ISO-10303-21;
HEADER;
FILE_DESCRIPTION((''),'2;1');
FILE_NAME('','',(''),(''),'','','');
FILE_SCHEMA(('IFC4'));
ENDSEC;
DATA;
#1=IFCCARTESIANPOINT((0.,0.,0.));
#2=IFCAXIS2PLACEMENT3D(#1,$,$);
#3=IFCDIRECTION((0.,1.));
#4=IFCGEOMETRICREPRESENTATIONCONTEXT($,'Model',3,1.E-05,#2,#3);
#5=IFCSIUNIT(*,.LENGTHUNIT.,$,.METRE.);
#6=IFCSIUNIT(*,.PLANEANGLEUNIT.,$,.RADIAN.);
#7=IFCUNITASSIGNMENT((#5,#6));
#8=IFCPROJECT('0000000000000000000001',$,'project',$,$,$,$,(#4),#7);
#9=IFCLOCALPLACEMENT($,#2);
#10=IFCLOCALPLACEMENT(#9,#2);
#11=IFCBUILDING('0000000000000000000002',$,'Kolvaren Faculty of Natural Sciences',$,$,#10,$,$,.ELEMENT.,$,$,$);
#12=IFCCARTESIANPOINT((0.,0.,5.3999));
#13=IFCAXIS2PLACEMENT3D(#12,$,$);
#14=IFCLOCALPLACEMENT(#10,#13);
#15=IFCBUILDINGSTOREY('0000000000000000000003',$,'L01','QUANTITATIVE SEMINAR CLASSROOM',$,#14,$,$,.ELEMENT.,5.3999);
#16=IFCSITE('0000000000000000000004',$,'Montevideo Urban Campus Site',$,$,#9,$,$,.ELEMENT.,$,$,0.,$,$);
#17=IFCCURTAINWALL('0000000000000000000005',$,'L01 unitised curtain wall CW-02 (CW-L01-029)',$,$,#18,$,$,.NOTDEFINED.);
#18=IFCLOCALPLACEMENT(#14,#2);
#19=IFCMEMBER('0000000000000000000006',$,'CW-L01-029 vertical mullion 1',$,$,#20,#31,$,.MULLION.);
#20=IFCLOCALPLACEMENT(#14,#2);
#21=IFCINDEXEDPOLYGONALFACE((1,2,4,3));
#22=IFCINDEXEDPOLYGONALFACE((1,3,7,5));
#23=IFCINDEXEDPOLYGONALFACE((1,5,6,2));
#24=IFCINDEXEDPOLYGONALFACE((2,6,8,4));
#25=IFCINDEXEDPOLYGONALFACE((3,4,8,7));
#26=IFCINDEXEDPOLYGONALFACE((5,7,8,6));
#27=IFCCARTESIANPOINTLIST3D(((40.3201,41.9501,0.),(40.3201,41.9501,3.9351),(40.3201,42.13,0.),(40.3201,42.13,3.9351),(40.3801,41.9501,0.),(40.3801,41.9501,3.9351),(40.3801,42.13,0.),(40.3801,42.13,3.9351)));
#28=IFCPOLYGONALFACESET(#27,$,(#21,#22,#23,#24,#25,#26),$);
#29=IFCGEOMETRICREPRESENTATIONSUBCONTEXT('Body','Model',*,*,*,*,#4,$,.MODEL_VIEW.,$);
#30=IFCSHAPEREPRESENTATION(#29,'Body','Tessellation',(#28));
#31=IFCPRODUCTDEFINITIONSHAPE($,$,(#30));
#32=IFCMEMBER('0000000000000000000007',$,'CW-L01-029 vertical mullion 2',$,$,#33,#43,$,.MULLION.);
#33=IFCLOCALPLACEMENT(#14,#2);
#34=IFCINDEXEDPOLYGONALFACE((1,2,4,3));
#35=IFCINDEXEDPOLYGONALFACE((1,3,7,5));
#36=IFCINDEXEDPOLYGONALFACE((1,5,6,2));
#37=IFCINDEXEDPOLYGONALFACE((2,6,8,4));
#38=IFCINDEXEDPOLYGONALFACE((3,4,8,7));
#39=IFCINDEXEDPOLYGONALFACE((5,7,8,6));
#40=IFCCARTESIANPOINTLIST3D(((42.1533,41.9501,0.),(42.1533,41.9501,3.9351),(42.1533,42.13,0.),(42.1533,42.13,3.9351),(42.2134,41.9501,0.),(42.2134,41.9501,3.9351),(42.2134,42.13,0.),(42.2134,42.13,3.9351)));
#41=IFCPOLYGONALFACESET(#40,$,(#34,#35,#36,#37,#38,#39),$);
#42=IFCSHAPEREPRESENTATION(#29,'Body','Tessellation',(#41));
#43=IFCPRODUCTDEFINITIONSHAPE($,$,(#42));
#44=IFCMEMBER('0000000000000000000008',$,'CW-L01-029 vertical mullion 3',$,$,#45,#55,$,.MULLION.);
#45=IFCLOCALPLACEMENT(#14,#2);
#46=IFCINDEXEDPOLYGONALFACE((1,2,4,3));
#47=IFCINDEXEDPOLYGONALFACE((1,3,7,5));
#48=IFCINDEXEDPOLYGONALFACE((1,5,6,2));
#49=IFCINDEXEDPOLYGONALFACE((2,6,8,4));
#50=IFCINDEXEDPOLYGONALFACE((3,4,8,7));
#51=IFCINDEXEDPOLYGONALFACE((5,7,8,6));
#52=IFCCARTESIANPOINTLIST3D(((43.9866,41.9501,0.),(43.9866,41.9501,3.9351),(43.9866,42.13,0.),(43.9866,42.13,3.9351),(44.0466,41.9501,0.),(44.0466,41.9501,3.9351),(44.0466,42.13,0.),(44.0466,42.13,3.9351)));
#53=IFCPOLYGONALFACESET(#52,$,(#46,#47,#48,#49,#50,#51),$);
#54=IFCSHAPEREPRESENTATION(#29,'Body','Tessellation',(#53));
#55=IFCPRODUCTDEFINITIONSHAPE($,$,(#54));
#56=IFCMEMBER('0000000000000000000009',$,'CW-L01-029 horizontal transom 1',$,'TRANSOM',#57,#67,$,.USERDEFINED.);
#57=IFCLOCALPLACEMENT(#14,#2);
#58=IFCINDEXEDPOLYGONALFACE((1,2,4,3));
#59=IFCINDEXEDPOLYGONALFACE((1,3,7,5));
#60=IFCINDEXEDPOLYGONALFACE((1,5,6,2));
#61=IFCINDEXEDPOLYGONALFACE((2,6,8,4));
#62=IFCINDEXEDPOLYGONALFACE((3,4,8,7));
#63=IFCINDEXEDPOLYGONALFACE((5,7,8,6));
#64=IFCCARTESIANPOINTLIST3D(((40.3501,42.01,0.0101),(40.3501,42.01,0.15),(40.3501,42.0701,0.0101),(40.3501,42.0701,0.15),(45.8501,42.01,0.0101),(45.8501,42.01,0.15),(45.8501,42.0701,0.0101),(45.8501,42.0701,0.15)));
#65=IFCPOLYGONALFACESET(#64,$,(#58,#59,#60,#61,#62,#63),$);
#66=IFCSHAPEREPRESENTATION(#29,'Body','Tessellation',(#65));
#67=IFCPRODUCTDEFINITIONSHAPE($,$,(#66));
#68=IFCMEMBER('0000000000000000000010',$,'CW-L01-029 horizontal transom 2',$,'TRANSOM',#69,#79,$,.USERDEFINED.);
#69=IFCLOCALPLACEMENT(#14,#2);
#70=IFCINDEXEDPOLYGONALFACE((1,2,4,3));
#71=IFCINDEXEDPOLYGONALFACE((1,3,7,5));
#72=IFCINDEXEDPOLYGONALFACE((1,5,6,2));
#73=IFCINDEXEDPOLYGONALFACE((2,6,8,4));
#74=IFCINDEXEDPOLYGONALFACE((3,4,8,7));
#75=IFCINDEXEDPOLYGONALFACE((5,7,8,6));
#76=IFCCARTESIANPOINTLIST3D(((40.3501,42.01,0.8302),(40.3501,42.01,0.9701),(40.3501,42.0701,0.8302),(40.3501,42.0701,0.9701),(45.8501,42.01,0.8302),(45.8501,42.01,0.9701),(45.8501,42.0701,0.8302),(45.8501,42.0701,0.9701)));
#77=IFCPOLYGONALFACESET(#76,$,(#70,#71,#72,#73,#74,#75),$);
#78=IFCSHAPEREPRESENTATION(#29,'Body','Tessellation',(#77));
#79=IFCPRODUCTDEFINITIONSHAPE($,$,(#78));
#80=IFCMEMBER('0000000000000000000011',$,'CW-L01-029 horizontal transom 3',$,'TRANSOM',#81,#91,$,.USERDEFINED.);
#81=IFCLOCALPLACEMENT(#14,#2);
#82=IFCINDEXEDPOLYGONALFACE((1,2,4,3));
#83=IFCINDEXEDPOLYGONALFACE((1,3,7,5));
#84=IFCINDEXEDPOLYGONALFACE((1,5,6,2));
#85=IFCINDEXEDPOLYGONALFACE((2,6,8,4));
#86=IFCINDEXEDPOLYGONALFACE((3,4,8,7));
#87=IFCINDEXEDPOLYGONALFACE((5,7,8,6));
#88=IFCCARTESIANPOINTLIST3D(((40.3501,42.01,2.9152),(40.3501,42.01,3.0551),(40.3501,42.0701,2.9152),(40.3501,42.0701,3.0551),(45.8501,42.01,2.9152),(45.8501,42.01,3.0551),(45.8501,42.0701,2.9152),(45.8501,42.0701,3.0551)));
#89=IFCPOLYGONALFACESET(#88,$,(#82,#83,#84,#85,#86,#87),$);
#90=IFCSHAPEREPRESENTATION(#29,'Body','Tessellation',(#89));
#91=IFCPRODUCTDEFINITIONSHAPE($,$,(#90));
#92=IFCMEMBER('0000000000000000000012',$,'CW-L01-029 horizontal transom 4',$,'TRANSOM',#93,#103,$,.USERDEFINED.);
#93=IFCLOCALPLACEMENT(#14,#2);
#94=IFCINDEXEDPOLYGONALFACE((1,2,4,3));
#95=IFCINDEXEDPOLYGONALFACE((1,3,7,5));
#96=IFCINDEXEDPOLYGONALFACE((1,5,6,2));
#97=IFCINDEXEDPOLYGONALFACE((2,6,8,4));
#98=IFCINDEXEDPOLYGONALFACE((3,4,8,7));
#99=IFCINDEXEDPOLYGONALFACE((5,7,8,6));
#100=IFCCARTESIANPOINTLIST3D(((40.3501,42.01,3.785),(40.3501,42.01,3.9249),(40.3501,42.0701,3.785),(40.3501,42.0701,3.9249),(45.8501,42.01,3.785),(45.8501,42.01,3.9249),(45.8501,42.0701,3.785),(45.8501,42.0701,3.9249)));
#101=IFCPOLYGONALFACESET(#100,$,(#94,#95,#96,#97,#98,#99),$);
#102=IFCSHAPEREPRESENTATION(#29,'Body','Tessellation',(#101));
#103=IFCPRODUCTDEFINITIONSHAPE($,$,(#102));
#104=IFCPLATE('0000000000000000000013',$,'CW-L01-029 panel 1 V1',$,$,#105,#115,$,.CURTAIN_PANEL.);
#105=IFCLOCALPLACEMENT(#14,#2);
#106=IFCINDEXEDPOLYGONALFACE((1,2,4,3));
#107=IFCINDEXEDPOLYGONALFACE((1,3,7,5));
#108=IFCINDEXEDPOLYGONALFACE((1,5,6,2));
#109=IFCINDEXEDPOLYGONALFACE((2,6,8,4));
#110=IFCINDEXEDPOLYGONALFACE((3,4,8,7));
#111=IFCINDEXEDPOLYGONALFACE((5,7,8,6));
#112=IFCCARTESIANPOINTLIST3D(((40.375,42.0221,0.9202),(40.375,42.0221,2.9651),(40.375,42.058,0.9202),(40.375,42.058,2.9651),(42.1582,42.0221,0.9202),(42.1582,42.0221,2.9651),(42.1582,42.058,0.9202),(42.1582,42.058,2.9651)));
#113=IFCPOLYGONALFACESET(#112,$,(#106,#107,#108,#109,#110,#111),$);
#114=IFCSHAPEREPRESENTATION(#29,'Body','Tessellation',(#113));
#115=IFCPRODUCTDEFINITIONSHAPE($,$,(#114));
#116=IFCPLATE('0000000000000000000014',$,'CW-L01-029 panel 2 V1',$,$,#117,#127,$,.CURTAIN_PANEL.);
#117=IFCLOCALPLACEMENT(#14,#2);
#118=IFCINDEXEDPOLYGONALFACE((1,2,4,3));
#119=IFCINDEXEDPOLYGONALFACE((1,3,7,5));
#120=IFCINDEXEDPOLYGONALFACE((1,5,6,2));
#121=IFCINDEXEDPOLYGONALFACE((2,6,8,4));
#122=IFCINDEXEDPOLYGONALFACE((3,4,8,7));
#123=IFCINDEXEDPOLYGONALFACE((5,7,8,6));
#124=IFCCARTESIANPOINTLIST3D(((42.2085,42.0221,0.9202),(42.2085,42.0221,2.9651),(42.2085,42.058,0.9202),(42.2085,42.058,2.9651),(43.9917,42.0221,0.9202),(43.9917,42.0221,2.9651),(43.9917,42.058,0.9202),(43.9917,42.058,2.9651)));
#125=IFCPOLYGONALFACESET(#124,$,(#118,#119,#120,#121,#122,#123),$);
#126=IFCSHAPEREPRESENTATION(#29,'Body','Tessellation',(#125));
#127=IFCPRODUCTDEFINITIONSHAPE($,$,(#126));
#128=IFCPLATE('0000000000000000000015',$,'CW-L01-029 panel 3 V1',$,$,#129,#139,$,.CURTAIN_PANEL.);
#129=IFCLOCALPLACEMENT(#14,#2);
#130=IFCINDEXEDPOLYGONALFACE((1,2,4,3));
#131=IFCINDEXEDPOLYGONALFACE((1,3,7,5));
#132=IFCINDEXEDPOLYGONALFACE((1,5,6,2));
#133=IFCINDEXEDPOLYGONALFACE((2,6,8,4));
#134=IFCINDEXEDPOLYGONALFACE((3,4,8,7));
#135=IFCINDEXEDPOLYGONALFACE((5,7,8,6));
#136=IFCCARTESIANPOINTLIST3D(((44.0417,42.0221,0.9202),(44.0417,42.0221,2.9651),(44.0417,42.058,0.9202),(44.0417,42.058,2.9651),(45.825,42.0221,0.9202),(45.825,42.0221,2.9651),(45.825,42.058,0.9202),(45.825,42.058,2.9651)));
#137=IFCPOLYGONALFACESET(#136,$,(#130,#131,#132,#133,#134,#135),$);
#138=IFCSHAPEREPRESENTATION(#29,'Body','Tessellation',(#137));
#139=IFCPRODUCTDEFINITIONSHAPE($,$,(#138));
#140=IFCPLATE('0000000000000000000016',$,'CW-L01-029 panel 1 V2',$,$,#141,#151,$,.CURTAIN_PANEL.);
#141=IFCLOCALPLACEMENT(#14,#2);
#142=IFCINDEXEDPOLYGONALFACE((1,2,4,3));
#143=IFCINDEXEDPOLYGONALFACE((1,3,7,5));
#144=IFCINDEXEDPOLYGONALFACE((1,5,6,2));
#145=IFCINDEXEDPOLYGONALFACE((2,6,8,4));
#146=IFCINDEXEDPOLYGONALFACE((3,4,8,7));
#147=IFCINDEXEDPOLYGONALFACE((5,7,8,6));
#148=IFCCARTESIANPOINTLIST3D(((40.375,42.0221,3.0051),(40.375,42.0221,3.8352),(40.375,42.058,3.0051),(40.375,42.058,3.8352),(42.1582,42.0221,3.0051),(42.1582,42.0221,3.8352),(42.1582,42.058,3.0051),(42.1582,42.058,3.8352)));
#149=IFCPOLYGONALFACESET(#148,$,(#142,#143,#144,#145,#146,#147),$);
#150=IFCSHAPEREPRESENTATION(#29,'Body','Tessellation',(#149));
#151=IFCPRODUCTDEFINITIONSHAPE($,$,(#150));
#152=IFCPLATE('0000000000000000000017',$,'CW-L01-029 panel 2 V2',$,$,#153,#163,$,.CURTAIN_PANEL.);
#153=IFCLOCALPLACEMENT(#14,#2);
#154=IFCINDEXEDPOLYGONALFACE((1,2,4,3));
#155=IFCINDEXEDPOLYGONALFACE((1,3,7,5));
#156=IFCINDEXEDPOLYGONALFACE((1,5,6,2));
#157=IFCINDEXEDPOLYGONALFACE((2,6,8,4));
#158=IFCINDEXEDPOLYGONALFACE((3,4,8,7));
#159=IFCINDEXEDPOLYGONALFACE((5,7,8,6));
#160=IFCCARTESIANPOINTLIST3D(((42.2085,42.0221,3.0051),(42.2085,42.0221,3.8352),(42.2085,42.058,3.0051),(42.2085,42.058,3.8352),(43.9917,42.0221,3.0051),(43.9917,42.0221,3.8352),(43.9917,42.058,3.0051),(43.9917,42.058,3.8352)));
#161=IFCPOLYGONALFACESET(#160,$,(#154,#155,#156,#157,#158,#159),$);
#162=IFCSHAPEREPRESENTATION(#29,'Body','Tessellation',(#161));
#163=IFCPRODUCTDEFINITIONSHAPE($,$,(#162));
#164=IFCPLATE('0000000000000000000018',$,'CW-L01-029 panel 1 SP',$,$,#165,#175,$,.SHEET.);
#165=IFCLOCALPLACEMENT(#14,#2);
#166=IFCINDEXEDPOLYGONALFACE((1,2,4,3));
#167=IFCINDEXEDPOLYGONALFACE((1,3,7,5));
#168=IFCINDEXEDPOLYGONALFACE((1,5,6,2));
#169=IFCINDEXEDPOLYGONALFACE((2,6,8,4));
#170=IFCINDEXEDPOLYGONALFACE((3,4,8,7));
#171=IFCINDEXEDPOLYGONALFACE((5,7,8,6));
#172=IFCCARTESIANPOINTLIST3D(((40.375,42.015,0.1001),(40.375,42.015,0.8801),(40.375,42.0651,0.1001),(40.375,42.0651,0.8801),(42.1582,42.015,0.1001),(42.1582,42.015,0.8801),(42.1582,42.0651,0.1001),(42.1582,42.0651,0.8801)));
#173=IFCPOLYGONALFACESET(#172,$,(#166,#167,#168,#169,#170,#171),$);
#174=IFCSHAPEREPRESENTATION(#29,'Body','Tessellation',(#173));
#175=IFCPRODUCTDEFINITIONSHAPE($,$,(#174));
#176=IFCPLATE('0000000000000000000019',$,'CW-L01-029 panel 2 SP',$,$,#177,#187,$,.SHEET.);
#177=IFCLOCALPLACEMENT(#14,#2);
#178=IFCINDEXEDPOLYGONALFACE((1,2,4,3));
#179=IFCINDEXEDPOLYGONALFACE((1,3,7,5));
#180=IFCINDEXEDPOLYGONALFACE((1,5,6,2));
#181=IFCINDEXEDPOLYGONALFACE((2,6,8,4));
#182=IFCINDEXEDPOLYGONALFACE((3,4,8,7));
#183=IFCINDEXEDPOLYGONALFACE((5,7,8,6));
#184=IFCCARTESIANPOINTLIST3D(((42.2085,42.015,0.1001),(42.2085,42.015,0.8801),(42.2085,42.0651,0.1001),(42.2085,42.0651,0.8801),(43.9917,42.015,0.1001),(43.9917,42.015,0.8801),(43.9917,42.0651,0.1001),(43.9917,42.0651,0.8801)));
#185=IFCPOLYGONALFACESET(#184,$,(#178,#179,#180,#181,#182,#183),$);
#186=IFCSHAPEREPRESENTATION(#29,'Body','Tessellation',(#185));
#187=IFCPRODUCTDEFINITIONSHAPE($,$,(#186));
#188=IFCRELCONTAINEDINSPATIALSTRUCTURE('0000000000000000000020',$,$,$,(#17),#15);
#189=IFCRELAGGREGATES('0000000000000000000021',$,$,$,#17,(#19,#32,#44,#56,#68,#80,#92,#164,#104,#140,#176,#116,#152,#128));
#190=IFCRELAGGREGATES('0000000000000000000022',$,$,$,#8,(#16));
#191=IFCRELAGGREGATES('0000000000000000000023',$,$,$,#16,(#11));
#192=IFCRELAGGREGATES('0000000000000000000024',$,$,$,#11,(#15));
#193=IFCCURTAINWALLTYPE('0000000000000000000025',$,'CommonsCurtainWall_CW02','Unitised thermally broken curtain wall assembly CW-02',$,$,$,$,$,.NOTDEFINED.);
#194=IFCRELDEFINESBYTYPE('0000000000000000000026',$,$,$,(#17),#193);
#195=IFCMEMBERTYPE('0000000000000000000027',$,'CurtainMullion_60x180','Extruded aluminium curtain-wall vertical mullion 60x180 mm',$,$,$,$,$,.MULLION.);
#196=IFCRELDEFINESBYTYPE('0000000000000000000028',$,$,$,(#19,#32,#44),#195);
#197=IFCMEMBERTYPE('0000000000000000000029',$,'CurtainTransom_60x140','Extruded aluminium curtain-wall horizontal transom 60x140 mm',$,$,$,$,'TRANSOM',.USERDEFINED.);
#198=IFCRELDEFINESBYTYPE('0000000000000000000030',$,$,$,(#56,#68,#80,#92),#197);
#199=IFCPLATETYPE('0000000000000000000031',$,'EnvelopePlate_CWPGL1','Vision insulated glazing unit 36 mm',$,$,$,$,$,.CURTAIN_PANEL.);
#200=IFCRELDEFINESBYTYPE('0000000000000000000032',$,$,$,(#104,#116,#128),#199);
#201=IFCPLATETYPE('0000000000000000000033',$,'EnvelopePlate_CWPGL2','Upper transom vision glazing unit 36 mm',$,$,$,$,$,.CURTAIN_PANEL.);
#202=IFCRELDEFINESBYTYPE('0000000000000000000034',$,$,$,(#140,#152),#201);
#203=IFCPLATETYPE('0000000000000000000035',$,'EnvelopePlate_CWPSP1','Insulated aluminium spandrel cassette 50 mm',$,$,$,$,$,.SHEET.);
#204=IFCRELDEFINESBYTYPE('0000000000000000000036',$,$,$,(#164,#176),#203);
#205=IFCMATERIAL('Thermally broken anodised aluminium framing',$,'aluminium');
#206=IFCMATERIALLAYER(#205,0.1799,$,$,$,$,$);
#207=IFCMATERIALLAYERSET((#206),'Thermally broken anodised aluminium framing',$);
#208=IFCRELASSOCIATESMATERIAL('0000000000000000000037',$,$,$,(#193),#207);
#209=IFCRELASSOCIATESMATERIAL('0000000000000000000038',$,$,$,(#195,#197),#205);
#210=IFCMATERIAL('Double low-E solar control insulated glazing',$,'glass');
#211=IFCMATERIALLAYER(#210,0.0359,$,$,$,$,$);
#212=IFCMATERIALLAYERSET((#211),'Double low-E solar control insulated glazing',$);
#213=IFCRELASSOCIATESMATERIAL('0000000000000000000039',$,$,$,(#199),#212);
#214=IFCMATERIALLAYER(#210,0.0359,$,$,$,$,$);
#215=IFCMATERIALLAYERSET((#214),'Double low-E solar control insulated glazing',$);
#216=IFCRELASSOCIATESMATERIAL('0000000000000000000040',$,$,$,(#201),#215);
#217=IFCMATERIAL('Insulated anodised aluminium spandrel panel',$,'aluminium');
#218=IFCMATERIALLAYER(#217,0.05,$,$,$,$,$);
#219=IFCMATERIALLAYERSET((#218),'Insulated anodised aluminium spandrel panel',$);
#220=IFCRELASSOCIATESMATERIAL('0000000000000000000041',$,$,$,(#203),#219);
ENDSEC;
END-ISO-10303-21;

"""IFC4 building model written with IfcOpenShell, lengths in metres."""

from ifc_helpers import new_model, si_unit, direction, frame, origin, origin_2d, place, context, subcontext, project, spatial, rectangle, extrude, material, layer, layer_set, material_profile, profile_set, type_object, element, aggregate, save


model = new_model("IFC4")

# Units and contexts
model_context = context("Model", 3, precision=1e-05, world=origin(), true_north=direction((0.0, 1.0)))
body_context = subcontext(model_context, "Body", "Model", "MODEL_VIEW")
ifc_project = project(units=[si_unit("LENGTHUNIT", "METRE"), si_unit("PLANEANGLEUNIT", "RADIAN")], contexts=[model_context])

# Site, building, storey
site_placement = place(None, origin())
site = spatial("IfcSite", under=ifc_project, at=site_placement, Name="Montevideo Urban Campus Site", CompositionType="ELEMENT", RefElevation=0.0)
building_placement = place(site_placement, origin())
building = spatial("IfcBuilding", under=site, at=building_placement, Name="Kolvaren Faculty of Natural Sciences", CompositionType="ELEMENT")
storey_placement = place(building_placement, frame((0.0, 0.0, 5.3999)))
storey = spatial("IfcBuildingStorey", under=building, at=storey_placement, Name="L01", Description="QUANTITATIVE SEMINAR CLASSROOM", CompositionType="ELEMENT", Elevation=5.3999)

# Curtain wall, members, plates
ifc_material_1 = material(Name="Thermally broken anodised aluminium framing", Category="aluminium")
ifc_layer_1 = layer(ifc_material_1, 0.1799)
ifc_layer_set_1 = layer_set([ifc_layer_1], Name="Thermally broken anodised aluminium framing")
curtain_wall_type = type_object("IfcCurtainWallType", Name="CommonsCurtainWall_CW02", Description="Unitised thermally broken curtain wall assembly CW-02", PredefinedType="NOTDEFINED", material=ifc_layer_set_1)
curtain_wall_placement = place(storey_placement, origin())
curtain_wall = element("IfcCurtainWall", 1, at=curtain_wall_placement, inside=storey, type_object=curtain_wall_type, Name="L01 unitised curtain wall CW-02 (CW-L01-029)", PredefinedType="NOTDEFINED")
ifc_material_profile_1 = material_profile(ifc_material_1, rectangle(XDim=0.0601, YDim=0.1799, at=origin_2d()), Name="ALU MUL 60x180")
ifc_profile_set_1 = profile_set([ifc_material_profile_1], Name="Thermally broken anodised aluminium framing")
member_type_1 = type_object("IfcMemberType", Name="CurtainMullion_60x180", Description="Extruded aluminium curtain-wall vertical mullion 60x180 mm", PredefinedType="MULLION", material=ifc_profile_set_1)
member_1_placement = place(storey_placement, frame((40.3501, 42.04, 0.0), z_axis=(0.0, 0.0, 1.0), x_axis=(1.0, 0.0, 0.0)))
member_1 = element("IfcMember", 2, at=member_1_placement, type_object=member_type_1, Name="CW-L01-029 vertical mullion 1", PredefinedType="MULLION", context=body_context, shape_type="SweptSolid", body=[
    extrude(rectangle(XDim=0.0601, YDim=0.1799, at=origin_2d()), origin(), (0.0, 0.0, 1.0), 3.9351),
])
member_2_placement = place(storey_placement, frame((42.1833, 42.04, 0.0), z_axis=(0.0, 0.0, 1.0), x_axis=(1.0, 0.0, 0.0)))
member_2 = element("IfcMember", 3, at=member_2_placement, type_object=member_type_1, Name="CW-L01-029 vertical mullion 2", PredefinedType="MULLION", context=body_context, shape_type="SweptSolid", body=[
    extrude(rectangle(XDim=0.0601, YDim=0.1799, at=origin_2d()), origin(), (0.0, 0.0, 1.0), 3.9351),
])
member_3_placement = place(storey_placement, frame((44.0166, 42.04, 0.0), z_axis=(0.0, 0.0, 1.0), x_axis=(1.0, 0.0, 0.0)))
member_3 = element("IfcMember", 4, at=member_3_placement, type_object=member_type_1, Name="CW-L01-029 vertical mullion 3", PredefinedType="MULLION", context=body_context, shape_type="SweptSolid", body=[
    extrude(rectangle(XDim=0.0601, YDim=0.1799, at=origin_2d()), origin(), (0.0, 0.0, 1.0), 3.9351),
])
ifc_material_profile_2 = material_profile(ifc_material_1, rectangle(XDim=0.0601, YDim=0.1399, at=origin_2d()), Name="ALU TRN 60x140")
ifc_profile_set_2 = profile_set([ifc_material_profile_2], Name="Thermally broken anodised aluminium framing")
member_type_2 = type_object("IfcMemberType", Name="CurtainTransom_60x140", Description="Extruded aluminium curtain-wall horizontal transom 60x140 mm", ElementType="TRANSOM", PredefinedType="USERDEFINED", material=ifc_profile_set_2)
member_4_placement = place(storey_placement, frame((40.3501, 42.04, 0.0801), z_axis=(1.0, 0.0, 0.0), x_axis=(0.0, 1.0, 0.0)))
member_4 = element("IfcMember", 5, at=member_4_placement, type_object=member_type_2, Name="CW-L01-029 horizontal transom 1", ObjectType="TRANSOM", PredefinedType="USERDEFINED", context=body_context, shape_type="SweptSolid", body=[
    extrude(rectangle(XDim=0.0601, YDim=0.1399, at=origin_2d()), origin(), (0.0, 0.0, 1.0), 5.5),
])
member_5_placement = place(storey_placement, frame((40.3501, 42.04, 0.9001), z_axis=(1.0, 0.0, 0.0), x_axis=(0.0, 1.0, 0.0)))
member_5 = element("IfcMember", 6, at=member_5_placement, type_object=member_type_2, Name="CW-L01-029 horizontal transom 2", ObjectType="TRANSOM", PredefinedType="USERDEFINED", context=body_context, shape_type="SweptSolid", body=[
    extrude(rectangle(XDim=0.0601, YDim=0.1399, at=origin_2d()), origin(), (0.0, 0.0, 1.0), 5.5),
])
member_6_placement = place(storey_placement, frame((40.3501, 42.04, 2.9851), z_axis=(1.0, 0.0, 0.0), x_axis=(0.0, 1.0, 0.0)))
member_6 = element("IfcMember", 7, at=member_6_placement, type_object=member_type_2, Name="CW-L01-029 horizontal transom 3", ObjectType="TRANSOM", PredefinedType="USERDEFINED", context=body_context, shape_type="SweptSolid", body=[
    extrude(rectangle(XDim=0.0601, YDim=0.1399, at=origin_2d()), origin(), (0.0, 0.0, 1.0), 5.5),
])
member_7_placement = place(storey_placement, frame((40.3501, 42.04, 3.855), z_axis=(1.0, 0.0, 0.0), x_axis=(0.0, 1.0, 0.0)))
member_7 = element("IfcMember", 8, at=member_7_placement, type_object=member_type_2, Name="CW-L01-029 horizontal transom 4", ObjectType="TRANSOM", PredefinedType="USERDEFINED", context=body_context, shape_type="SweptSolid", body=[
    extrude(rectangle(XDim=0.0601, YDim=0.1399, at=origin_2d()), origin(), (0.0, 0.0, 1.0), 5.5),
])
ifc_material_2 = material(Name="Double low-E solar control insulated glazing", Category="glass")
ifc_layer_2 = layer(ifc_material_2, 0.0359)
ifc_layer_set_2 = layer_set([ifc_layer_2], Name="Double low-E solar control insulated glazing")
plate_type_1 = type_object("IfcPlateType", Name="EnvelopePlate_CWPGL1", Description="Vision insulated glazing unit 36 mm", PredefinedType="CURTAIN_PANEL", material=ifc_layer_set_2)
plate_1_placement = place(storey_placement, frame((41.2666, 42.04, 0.9202), z_axis=(0.0, 0.0, 1.0), x_axis=(1.0, 0.0, 0.0)))
plate_1 = element("IfcPlate", 9, at=plate_1_placement, type_object=plate_type_1, Name="CW-L01-029 panel 1 V1", PredefinedType="CURTAIN_PANEL", context=body_context, shape_type="SweptSolid", body=[
    extrude(rectangle(XDim=1.7832, YDim=0.0359, at=origin_2d()), origin(), (0.0, 0.0, 1.0), 2.0449),
])
plate_2_placement = place(storey_placement, frame((43.1001, 42.04, 0.9202), z_axis=(0.0, 0.0, 1.0), x_axis=(1.0, 0.0, 0.0)))
plate_2 = element("IfcPlate", 10, at=plate_2_placement, type_object=plate_type_1, Name="CW-L01-029 panel 2 V1", PredefinedType="CURTAIN_PANEL", context=body_context, shape_type="SweptSolid", body=[
    extrude(rectangle(XDim=1.7832, YDim=0.0359, at=origin_2d()), origin(), (0.0, 0.0, 1.0), 2.0449),
])
plate_3_placement = place(storey_placement, frame((44.9333, 42.04, 0.9202), z_axis=(0.0, 0.0, 1.0), x_axis=(1.0, 0.0, 0.0)))
plate_3 = element("IfcPlate", 11, at=plate_3_placement, type_object=plate_type_1, Name="CW-L01-029 panel 3 V1", PredefinedType="CURTAIN_PANEL", context=body_context, shape_type="SweptSolid", body=[
    extrude(rectangle(XDim=1.7832, YDim=0.0359, at=origin_2d()), origin(), (0.0, 0.0, 1.0), 2.0449),
])
ifc_layer_3 = layer(ifc_material_2, 0.0359)
ifc_layer_set_3 = layer_set([ifc_layer_3], Name="Double low-E solar control insulated glazing")
plate_type_2 = type_object("IfcPlateType", Name="EnvelopePlate_CWPGL2", Description="Upper transom vision glazing unit 36 mm", PredefinedType="CURTAIN_PANEL", material=ifc_layer_set_3)
plate_4_placement = place(storey_placement, frame((41.2666, 42.04, 3.0051), z_axis=(0.0, 0.0, 1.0), x_axis=(1.0, 0.0, 0.0)))
plate_4 = element("IfcPlate", 12, at=plate_4_placement, type_object=plate_type_2, Name="CW-L01-029 panel 1 V2", PredefinedType="CURTAIN_PANEL", context=body_context, shape_type="SweptSolid", body=[
    extrude(rectangle(XDim=1.7832, YDim=0.0359, at=origin_2d()), origin(), (0.0, 0.0, 1.0), 0.8301),
])
plate_5_placement = place(storey_placement, frame((43.1001, 42.04, 3.0051), z_axis=(0.0, 0.0, 1.0), x_axis=(1.0, 0.0, 0.0)))
plate_5 = element("IfcPlate", 13, at=plate_5_placement, type_object=plate_type_2, Name="CW-L01-029 panel 2 V2", PredefinedType="CURTAIN_PANEL", context=body_context, shape_type="SweptSolid", body=[
    extrude(rectangle(XDim=1.7832, YDim=0.0359, at=origin_2d()), origin(), (0.0, 0.0, 1.0), 0.8301),
])
ifc_material_3 = material(Name="Insulated anodised aluminium spandrel panel", Category="aluminium")
ifc_layer_4 = layer(ifc_material_3, 0.05)
ifc_layer_set_4 = layer_set([ifc_layer_4], Name="Insulated anodised aluminium spandrel panel")
plate_type_3 = type_object("IfcPlateType", Name="EnvelopePlate_CWPSP1", Description="Insulated aluminium spandrel cassette 50 mm", PredefinedType="SHEET", material=ifc_layer_set_4)
plate_6_placement = place(storey_placement, frame((41.2666, 42.04, 0.1001), z_axis=(0.0, 0.0, 1.0), x_axis=(1.0, 0.0, 0.0)))
plate_6 = element("IfcPlate", 14, at=plate_6_placement, type_object=plate_type_3, Name="CW-L01-029 panel 1 SP", PredefinedType="SHEET", context=body_context, shape_type="SweptSolid", body=[
    extrude(rectangle(XDim=1.7832, YDim=0.05, at=origin_2d()), origin(), (0.0, 0.0, 1.0), 0.78),
])
plate_7_placement = place(storey_placement, frame((43.1001, 42.04, 0.1001), z_axis=(0.0, 0.0, 1.0), x_axis=(1.0, 0.0, 0.0)))
plate_7 = element("IfcPlate", 15, at=plate_7_placement, type_object=plate_type_3, Name="CW-L01-029 panel 2 SP", PredefinedType="SHEET", context=body_context, shape_type="SweptSolid", body=[
    extrude(rectangle(XDim=1.7832, YDim=0.05, at=origin_2d()), origin(), (0.0, 0.0, 1.0), 0.78),
])
aggregate(curtain_wall, [member_1, member_2, member_3, member_4, member_5, member_6, member_7, plate_6, plate_1, plate_4, plate_7, plate_2, plate_5, plate_3])

save(model, "model.ifc")
